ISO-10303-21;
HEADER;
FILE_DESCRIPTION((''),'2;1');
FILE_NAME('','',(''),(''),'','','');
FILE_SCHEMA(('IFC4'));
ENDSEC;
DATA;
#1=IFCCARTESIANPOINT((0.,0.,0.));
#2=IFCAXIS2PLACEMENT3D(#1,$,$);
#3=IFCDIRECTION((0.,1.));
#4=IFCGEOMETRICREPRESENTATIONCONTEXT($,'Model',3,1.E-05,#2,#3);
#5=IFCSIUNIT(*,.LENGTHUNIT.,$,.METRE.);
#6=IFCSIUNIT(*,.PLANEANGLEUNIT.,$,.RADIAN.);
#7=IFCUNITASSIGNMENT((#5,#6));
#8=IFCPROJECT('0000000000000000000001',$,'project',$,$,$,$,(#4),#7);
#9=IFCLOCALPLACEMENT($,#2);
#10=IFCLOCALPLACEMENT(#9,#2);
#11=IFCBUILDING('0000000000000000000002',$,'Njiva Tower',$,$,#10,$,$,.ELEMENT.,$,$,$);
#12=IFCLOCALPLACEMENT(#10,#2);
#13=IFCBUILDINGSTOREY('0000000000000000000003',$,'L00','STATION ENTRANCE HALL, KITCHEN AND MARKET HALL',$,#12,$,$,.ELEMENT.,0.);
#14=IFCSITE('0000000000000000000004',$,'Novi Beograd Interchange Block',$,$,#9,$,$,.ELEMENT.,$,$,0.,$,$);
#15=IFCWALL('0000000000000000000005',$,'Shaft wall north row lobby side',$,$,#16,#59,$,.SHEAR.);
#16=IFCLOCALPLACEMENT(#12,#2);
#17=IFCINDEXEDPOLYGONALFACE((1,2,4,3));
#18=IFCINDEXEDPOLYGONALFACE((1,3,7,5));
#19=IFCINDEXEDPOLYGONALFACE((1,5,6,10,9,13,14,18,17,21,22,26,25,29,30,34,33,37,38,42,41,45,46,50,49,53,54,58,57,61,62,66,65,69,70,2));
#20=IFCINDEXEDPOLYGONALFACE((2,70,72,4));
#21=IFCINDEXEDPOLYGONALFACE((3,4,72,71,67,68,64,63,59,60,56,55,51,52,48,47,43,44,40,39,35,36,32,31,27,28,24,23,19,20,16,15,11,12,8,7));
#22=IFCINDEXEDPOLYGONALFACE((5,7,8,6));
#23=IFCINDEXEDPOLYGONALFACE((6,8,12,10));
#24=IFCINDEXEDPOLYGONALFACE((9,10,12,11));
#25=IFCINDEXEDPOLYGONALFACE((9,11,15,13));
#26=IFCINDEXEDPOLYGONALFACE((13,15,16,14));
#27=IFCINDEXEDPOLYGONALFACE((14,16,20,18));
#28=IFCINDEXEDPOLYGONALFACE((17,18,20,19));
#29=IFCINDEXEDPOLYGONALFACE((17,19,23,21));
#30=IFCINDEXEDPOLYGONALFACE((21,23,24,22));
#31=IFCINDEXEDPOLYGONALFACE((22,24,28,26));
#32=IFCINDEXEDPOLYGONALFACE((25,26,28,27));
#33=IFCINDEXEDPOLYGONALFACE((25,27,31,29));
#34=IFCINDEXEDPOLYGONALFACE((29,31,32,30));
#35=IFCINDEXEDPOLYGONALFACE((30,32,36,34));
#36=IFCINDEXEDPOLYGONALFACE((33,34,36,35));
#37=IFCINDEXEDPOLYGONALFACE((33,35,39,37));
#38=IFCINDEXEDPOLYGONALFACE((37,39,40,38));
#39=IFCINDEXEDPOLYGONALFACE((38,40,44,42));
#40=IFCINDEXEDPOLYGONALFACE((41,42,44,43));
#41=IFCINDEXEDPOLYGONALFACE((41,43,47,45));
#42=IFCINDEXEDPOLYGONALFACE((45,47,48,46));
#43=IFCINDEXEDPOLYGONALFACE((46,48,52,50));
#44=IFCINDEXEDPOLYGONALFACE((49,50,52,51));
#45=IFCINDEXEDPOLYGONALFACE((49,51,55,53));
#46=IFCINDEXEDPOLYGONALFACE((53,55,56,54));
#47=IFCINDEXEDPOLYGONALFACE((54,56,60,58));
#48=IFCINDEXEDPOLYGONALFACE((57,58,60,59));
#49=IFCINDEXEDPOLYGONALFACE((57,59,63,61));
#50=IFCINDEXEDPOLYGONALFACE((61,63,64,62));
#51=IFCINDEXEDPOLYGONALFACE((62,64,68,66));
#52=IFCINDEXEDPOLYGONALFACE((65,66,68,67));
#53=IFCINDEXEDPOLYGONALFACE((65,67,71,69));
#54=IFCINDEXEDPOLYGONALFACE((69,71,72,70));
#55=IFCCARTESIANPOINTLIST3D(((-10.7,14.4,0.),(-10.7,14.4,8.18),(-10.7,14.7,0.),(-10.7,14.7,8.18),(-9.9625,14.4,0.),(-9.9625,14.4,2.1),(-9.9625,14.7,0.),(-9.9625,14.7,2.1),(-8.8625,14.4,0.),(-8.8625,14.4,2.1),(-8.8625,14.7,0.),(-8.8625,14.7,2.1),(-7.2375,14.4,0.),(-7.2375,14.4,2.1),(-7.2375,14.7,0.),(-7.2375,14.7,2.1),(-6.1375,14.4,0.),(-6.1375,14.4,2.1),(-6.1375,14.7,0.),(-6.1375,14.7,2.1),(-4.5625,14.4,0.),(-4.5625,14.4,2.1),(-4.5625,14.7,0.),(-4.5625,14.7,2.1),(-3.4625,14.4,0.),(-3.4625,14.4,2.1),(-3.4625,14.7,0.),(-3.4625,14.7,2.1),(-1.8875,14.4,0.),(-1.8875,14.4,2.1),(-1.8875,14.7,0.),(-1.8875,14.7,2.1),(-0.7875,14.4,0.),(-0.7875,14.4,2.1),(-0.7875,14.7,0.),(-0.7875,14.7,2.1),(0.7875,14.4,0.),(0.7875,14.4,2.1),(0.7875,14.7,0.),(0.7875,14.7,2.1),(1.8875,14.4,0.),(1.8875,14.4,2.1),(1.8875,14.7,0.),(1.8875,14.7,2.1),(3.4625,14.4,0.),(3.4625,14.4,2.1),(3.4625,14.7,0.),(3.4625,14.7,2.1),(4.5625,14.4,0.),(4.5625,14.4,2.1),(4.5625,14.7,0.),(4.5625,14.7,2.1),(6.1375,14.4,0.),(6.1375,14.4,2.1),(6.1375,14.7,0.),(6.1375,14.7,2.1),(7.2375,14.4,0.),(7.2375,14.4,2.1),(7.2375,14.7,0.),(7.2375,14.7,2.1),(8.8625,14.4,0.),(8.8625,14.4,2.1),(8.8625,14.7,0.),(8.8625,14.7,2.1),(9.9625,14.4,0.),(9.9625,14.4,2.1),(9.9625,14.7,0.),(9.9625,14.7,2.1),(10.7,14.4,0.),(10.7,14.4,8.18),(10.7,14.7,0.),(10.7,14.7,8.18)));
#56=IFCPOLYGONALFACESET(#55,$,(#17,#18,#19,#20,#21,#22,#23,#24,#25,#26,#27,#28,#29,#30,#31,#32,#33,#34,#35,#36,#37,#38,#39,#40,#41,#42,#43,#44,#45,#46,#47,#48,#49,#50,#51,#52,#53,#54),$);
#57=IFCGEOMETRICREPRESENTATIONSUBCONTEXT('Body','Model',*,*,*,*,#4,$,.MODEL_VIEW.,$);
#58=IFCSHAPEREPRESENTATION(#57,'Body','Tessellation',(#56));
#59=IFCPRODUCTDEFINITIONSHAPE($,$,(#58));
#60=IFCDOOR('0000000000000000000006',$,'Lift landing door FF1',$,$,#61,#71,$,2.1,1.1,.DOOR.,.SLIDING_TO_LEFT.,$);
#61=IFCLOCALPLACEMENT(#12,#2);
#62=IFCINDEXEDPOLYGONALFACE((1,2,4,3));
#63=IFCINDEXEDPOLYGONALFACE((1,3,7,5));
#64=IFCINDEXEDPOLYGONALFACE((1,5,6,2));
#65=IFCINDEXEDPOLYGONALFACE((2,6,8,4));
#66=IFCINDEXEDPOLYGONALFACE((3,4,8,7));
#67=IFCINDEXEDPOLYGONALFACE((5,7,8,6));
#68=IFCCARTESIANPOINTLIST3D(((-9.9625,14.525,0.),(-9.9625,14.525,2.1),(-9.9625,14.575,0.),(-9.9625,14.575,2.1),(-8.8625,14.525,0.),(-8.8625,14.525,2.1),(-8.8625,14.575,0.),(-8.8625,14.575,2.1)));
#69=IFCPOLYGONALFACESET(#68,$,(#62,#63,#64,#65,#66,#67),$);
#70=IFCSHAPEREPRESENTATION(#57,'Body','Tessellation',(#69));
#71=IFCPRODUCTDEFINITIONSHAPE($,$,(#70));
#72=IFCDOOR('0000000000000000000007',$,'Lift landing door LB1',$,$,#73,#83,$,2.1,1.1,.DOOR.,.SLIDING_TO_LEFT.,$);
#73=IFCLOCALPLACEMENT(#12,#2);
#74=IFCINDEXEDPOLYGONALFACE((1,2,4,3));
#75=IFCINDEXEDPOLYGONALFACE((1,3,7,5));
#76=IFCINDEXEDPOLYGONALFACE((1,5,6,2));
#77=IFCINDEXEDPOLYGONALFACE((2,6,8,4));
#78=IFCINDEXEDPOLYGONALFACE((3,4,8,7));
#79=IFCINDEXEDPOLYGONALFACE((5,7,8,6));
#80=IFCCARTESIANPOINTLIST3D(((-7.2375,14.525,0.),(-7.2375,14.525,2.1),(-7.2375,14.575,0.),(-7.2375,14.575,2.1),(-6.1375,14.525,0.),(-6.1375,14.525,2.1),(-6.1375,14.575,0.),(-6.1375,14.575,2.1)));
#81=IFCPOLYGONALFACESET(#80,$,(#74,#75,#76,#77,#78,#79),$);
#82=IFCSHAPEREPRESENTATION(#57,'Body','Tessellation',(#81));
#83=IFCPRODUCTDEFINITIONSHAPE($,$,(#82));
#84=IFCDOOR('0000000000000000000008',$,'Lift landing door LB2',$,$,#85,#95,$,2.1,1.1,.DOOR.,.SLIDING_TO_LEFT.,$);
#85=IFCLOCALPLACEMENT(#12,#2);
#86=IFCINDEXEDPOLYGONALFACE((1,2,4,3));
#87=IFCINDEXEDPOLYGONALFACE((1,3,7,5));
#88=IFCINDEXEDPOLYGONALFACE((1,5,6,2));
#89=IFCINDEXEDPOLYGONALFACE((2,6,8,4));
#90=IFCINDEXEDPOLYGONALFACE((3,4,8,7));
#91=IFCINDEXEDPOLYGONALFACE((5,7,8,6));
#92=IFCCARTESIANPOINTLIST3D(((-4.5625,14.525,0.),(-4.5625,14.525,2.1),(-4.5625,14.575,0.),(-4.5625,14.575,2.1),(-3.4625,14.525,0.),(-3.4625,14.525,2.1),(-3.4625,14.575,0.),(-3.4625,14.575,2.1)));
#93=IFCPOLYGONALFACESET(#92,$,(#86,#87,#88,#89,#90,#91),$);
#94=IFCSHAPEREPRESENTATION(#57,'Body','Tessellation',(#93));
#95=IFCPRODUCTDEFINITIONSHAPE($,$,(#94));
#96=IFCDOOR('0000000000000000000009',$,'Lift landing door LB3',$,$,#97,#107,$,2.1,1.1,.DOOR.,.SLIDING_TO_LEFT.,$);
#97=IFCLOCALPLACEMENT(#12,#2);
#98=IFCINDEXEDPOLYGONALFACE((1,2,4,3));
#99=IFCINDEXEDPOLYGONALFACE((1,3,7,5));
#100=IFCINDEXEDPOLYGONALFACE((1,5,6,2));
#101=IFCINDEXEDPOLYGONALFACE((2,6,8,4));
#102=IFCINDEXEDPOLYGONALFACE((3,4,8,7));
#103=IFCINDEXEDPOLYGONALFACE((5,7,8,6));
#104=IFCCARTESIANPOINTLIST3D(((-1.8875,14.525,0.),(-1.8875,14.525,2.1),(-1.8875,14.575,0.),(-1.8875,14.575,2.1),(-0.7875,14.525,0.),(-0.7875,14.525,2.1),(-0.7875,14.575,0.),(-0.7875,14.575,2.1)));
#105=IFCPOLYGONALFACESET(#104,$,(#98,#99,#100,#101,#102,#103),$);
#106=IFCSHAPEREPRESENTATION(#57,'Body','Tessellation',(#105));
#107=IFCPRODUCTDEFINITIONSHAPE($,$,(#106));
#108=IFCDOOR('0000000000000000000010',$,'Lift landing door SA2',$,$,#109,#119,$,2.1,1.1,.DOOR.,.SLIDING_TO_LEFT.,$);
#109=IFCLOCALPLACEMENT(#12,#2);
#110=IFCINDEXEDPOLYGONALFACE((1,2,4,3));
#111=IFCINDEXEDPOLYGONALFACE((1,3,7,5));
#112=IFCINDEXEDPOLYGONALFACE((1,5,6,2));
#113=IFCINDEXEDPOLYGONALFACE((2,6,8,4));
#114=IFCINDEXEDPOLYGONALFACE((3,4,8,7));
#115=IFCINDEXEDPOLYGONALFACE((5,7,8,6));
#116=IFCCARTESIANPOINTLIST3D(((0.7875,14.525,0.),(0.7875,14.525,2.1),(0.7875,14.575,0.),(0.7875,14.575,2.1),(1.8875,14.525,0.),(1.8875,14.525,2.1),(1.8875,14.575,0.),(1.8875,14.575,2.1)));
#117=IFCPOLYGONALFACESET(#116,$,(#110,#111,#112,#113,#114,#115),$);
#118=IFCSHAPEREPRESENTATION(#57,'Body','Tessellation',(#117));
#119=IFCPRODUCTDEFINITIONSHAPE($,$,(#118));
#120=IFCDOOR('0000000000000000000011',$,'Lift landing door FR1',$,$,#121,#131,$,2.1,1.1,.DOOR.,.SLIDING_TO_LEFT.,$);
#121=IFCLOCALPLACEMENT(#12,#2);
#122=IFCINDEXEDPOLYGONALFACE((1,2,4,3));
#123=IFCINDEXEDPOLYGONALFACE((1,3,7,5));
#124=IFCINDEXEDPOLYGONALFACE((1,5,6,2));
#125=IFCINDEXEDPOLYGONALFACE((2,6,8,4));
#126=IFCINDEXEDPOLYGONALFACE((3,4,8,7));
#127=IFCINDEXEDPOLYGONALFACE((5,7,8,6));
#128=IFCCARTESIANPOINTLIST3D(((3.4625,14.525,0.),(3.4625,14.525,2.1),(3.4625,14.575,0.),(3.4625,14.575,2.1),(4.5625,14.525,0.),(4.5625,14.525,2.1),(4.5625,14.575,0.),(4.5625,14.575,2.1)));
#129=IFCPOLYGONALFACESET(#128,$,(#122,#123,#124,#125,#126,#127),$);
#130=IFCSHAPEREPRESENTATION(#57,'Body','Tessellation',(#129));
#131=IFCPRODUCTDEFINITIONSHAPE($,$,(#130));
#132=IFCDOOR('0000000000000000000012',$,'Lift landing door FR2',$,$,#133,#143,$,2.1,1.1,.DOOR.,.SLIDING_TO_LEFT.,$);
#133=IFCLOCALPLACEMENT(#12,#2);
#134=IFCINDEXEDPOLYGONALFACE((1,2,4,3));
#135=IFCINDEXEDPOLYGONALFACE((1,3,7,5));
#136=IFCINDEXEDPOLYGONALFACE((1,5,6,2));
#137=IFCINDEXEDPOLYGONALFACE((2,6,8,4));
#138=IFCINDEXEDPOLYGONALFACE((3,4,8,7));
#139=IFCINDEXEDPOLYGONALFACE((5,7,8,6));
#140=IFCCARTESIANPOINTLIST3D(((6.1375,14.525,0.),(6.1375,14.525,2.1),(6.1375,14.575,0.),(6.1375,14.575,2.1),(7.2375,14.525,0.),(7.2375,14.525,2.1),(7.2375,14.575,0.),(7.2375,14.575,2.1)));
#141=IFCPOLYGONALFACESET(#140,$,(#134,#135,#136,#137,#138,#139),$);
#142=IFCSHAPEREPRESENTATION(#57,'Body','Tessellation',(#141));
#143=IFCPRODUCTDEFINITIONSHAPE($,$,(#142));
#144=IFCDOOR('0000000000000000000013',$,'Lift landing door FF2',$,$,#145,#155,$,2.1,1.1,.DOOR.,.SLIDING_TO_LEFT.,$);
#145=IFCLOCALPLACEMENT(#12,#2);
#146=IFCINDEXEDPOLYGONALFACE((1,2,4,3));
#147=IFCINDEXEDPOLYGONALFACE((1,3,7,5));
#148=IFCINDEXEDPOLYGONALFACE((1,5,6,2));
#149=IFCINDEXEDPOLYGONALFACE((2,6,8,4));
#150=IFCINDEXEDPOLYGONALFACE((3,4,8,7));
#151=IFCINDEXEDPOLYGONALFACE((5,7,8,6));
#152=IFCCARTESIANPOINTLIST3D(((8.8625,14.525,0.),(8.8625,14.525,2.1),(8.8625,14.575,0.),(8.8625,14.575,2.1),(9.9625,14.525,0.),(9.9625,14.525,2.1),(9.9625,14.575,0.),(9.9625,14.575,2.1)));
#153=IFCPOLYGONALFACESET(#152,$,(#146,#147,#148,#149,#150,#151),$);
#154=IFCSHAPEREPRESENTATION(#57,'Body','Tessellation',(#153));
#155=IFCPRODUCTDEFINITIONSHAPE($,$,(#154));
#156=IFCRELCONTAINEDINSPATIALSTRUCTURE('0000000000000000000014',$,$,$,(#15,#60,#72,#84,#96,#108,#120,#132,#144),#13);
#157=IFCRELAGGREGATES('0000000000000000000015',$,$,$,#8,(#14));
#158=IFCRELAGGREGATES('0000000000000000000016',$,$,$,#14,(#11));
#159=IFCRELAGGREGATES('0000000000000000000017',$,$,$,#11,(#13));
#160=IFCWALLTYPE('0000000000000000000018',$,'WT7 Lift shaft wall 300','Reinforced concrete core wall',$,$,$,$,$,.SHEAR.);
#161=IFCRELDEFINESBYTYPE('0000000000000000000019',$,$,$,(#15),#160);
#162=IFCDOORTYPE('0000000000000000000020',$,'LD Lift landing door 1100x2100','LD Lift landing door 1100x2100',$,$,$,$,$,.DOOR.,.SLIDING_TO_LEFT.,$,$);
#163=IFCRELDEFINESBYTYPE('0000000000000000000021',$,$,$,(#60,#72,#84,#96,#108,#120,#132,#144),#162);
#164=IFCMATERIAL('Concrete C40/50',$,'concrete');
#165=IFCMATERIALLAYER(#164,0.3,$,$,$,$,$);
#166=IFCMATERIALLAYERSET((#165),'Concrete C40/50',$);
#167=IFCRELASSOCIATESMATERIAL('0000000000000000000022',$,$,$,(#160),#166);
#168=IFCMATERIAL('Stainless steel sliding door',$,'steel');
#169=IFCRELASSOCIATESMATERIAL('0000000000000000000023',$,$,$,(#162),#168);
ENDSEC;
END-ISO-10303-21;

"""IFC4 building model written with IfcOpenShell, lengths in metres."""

from ifc_helpers import new_model, si_unit, direction, frame, frame_2d, origin, place, context, subcontext, project, spatial, rectangle, extrude, material, layer, layer_set, type_object, element, fill, save


model = new_model("IFC4")

# Units and contexts
model_context = context("Model", 3, precision=1e-05, world=origin(), true_north=direction((0.0, 1.0)))
body_context = subcontext(model_context, "Body", "Model", "MODEL_VIEW")
ifc_project = project(units=[si_unit("LENGTHUNIT", "METRE"), si_unit("PLANEANGLEUNIT", "RADIAN")], contexts=[model_context])

# Site, building, storey
site_placement = place(None, origin())
site = spatial("IfcSite", under=ifc_project, at=site_placement, Name="Novi Beograd Interchange Block", CompositionType="ELEMENT", RefElevation=0.0)
building_placement = place(site_placement, origin())
building = spatial("IfcBuilding", under=site, at=building_placement, Name="Njiva Tower", CompositionType="ELEMENT")
storey_placement = place(building_placement, origin())
storey = spatial("IfcBuildingStorey", under=building, at=storey_placement, Name="L00", Description="STATION ENTRANCE HALL, KITCHEN AND MARKET HALL", CompositionType="ELEMENT", Elevation=0.0)

# Shared definitions
ifc_material_1 = material(Name="Concrete C40/50", Category="concrete")

# Wall, openings, doors
ifc_layer_1 = layer(ifc_material_1, 0.3)
ifc_layer_set_1 = layer_set([ifc_layer_1], Name="Concrete C40/50")
wall_type_1 = type_object("IfcWallType", Name="WT7 Lift shaft wall 300", Description="Reinforced concrete core wall", PredefinedType="SHEAR", material=ifc_layer_set_1)
wall_1_placement = place(storey_placement, frame((-10.7, 14.55, 0.0), z_axis=(0.0, 0.0, 1.0), x_axis=(1.0, 0.0, 0.0)))
wall_1 = element("IfcWall", 1, at=wall_1_placement, inside=storey, type_object=wall_type_1, Name="Shaft wall north row lobby side", PredefinedType="SHEAR", context=body_context, shape_type="SweptSolid", body=[
    extrude(rectangle(XDim=21.4, YDim=0.3, at=frame_2d((10.7, 0.0))), origin(), (0.0, 0.0, 1.0), 8.18),
])
opening_1_placement = place(wall_1_placement, frame((0.7375, 0.0, 0.0)))
opening_1 = element("IfcOpeningElement", 2, at=opening_1_placement, cuts=wall_1, PredefinedType="OPENING", context=body_context, shape_type="SweptSolid", body=[
    extrude(rectangle(XDim=1.1, YDim=2.1, at=frame_2d((0.55, 1.05))), frame((0.0, 0.16, 0.0), z_axis=(0.0, -1.0, 0.0), x_axis=(1.0, 0.0, 0.0)), (0.0, 0.0, 1.0), 0.32),
])
opening_2_placement = place(wall_1_placement, frame((3.4625, 0.0, 0.0)))
opening_2 = element("IfcOpeningElement", 3, at=opening_2_placement, cuts=wall_1, PredefinedType="OPENING", context=body_context, shape_type="SweptSolid", body=[
    extrude(rectangle(XDim=1.1, YDim=2.1, at=frame_2d((0.55, 1.05))), frame((0.0, 0.16, 0.0), z_axis=(0.0, -1.0, 0.0), x_axis=(1.0, 0.0, 0.0)), (0.0, 0.0, 1.0), 0.32),
])
opening_3_placement = place(wall_1_placement, frame((6.1375, 0.0, 0.0)))
opening_3 = element("IfcOpeningElement", 4, at=opening_3_placement, cuts=wall_1, PredefinedType="OPENING", context=body_context, shape_type="SweptSolid", body=[
    extrude(rectangle(XDim=1.1, YDim=2.1, at=frame_2d((0.55, 1.05))), frame((0.0, 0.16, 0.0), z_axis=(0.0, -1.0, 0.0), x_axis=(1.0, 0.0, 0.0)), (0.0, 0.0, 1.0), 0.32),
])
opening_4_placement = place(wall_1_placement, frame((8.8125, 0.0, 0.0)))
opening_4 = element("IfcOpeningElement", 5, at=opening_4_placement, cuts=wall_1, PredefinedType="OPENING", context=body_context, shape_type="SweptSolid", body=[
    extrude(rectangle(XDim=1.1, YDim=2.1, at=frame_2d((0.55, 1.05))), frame((0.0, 0.16, 0.0), z_axis=(0.0, -1.0, 0.0), x_axis=(1.0, 0.0, 0.0)), (0.0, 0.0, 1.0), 0.32),
])
opening_5_placement = place(wall_1_placement, frame((11.4875, 0.0, 0.0)))
opening_5 = element("IfcOpeningElement", 6, at=opening_5_placement, cuts=wall_1, PredefinedType="OPENING", context=body_context, shape_type="SweptSolid", body=[
    extrude(rectangle(XDim=1.1, YDim=2.1, at=frame_2d((0.55, 1.05))), frame((0.0, 0.16, 0.0), z_axis=(0.0, -1.0, 0.0), x_axis=(1.0, 0.0, 0.0)), (0.0, 0.0, 1.0), 0.32),
])
opening_6_placement = place(wall_1_placement, frame((14.1625, 0.0, 0.0)))
opening_6 = element("IfcOpeningElement", 7, at=opening_6_placement, cuts=wall_1, PredefinedType="OPENING", context=body_context, shape_type="SweptSolid", body=[
    extrude(rectangle(XDim=1.1, YDim=2.1, at=frame_2d((0.55, 1.05))), frame((0.0, 0.16, 0.0), z_axis=(0.0, -1.0, 0.0), x_axis=(1.0, 0.0, 0.0)), (0.0, 0.0, 1.0), 0.32),
])
opening_7_placement = place(wall_1_placement, frame((16.8375, 0.0, 0.0)))
opening_7 = element("IfcOpeningElement", 8, at=opening_7_placement, cuts=wall_1, PredefinedType="OPENING", context=body_context, shape_type="SweptSolid", body=[
    extrude(rectangle(XDim=1.1, YDim=2.1, at=frame_2d((0.55, 1.05))), frame((0.0, 0.16, 0.0), z_axis=(0.0, -1.0, 0.0), x_axis=(1.0, 0.0, 0.0)), (0.0, 0.0, 1.0), 0.32),
])
opening_8_placement = place(wall_1_placement, frame((19.5625, 0.0, 0.0)))
opening_8 = element("IfcOpeningElement", 9, at=opening_8_placement, cuts=wall_1, PredefinedType="OPENING", context=body_context, shape_type="SweptSolid", body=[
    extrude(rectangle(XDim=1.1, YDim=2.1, at=frame_2d((0.55, 1.05))), frame((0.0, 0.16, 0.0), z_axis=(0.0, -1.0, 0.0), x_axis=(1.0, 0.0, 0.0)), (0.0, 0.0, 1.0), 0.32),
])
ifc_material_2 = material(Name="Stainless steel sliding door", Category="steel")
door_type_1 = type_object("IfcDoorType", Name="LD Lift landing door 1100x2100", Description="LD Lift landing door 1100x2100", OperationType="SLIDING_TO_LEFT", PredefinedType="DOOR", material=ifc_material_2)
door_1_placement = place(opening_1_placement, origin())
door_1 = element("IfcDoor", 10, at=door_1_placement, inside=storey, type_object=door_type_1, Name="Lift landing door FF1", OperationType="SLIDING_TO_LEFT", OverallHeight=2.1, OverallWidth=1.1, PredefinedType="DOOR", context=body_context, shape_type="SweptSolid", body=[
    extrude(rectangle(XDim=1.1, YDim=2.1, at=frame_2d((0.55, 1.05))), frame((0.0, 0.025, 0.0), z_axis=(0.0, -1.0, 0.0), x_axis=(1.0, 0.0, 0.0)), (0.0, 0.0, 1.0), 0.05),
])
fill(opening_1, door_1)
door_2_placement = place(opening_2_placement, origin())
door_2 = element("IfcDoor", 11, at=door_2_placement, inside=storey, type_object=door_type_1, Name="Lift landing door LB1", OperationType="SLIDING_TO_LEFT", OverallHeight=2.1, OverallWidth=1.1, PredefinedType="DOOR", context=body_context, shape_type="SweptSolid", body=[
    extrude(rectangle(XDim=1.1, YDim=2.1, at=frame_2d((0.55, 1.05))), frame((0.0, 0.025, 0.0), z_axis=(0.0, -1.0, 0.0), x_axis=(1.0, 0.0, 0.0)), (0.0, 0.0, 1.0), 0.05),
])
fill(opening_2, door_2)
door_3_placement = place(opening_3_placement, origin())
door_3 = element("IfcDoor", 12, at=door_3_placement, inside=storey, type_object=door_type_1, Name="Lift landing door LB2", OperationType="SLIDING_TO_LEFT", OverallHeight=2.1, OverallWidth=1.1, PredefinedType="DOOR", context=body_context, shape_type="SweptSolid", body=[
    extrude(rectangle(XDim=1.1, YDim=2.1, at=frame_2d((0.55, 1.05))), frame((0.0, 0.025, 0.0), z_axis=(0.0, -1.0, 0.0), x_axis=(1.0, 0.0, 0.0)), (0.0, 0.0, 1.0), 0.05),
])
fill(opening_3, door_3)
door_4_placement = place(opening_4_placement, origin())
door_4 = element("IfcDoor", 13, at=door_4_placement, inside=storey, type_object=door_type_1, Name="Lift landing door LB3", OperationType="SLIDING_TO_LEFT", OverallHeight=2.1, OverallWidth=1.1, PredefinedType="DOOR", context=body_context, shape_type="SweptSolid", body=[
    extrude(rectangle(XDim=1.1, YDim=2.1, at=frame_2d((0.55, 1.05))), frame((0.0, 0.025, 0.0), z_axis=(0.0, -1.0, 0.0), x_axis=(1.0, 0.0, 0.0)), (0.0, 0.0, 1.0), 0.05),
])
fill(opening_4, door_4)
door_5_placement = place(opening_5_placement, origin())
door_5 = element("IfcDoor", 14, at=door_5_placement, inside=storey, type_object=door_type_1, Name="Lift landing door SA2", OperationType="SLIDING_TO_LEFT", OverallHeight=2.1, OverallWidth=1.1, PredefinedType="DOOR", context=body_context, shape_type="SweptSolid", body=[
    extrude(rectangle(XDim=1.1, YDim=2.1, at=frame_2d((0.55, 1.05))), frame((0.0, 0.025, 0.0), z_axis=(0.0, -1.0, 0.0), x_axis=(1.0, 0.0, 0.0)), (0.0, 0.0, 1.0), 0.05),
])
fill(opening_5, door_5)
door_6_placement = place(opening_6_placement, origin())
door_6 = element("IfcDoor", 15, at=door_6_placement, inside=storey, type_object=door_type_1, Name="Lift landing door FR1", OperationType="SLIDING_TO_LEFT", OverallHeight=2.1, OverallWidth=1.1, PredefinedType="DOOR", context=body_context, shape_type="SweptSolid", body=[
    extrude(rectangle(XDim=1.1, YDim=2.1, at=frame_2d((0.55, 1.05))), frame((0.0, 0.025, 0.0), z_axis=(0.0, -1.0, 0.0), x_axis=(1.0, 0.0, 0.0)), (0.0, 0.0, 1.0), 0.05),
])
fill(opening_6, door_6)
door_7_placement = place(opening_7_placement, origin())
door_7 = element("IfcDoor", 16, at=door_7_placement, inside=storey, type_object=door_type_1, Name="Lift landing door FR2", OperationType="SLIDING_TO_LEFT", OverallHeight=2.1, OverallWidth=1.1, PredefinedType="DOOR", context=body_context, shape_type="SweptSolid", body=[
    extrude(rectangle(XDim=1.1, YDim=2.1, at=frame_2d((0.55, 1.05))), frame((0.0, 0.025, 0.0), z_axis=(0.0, -1.0, 0.0), x_axis=(1.0, 0.0, 0.0)), (0.0, 0.0, 1.0), 0.05),
])
fill(opening_7, door_7)
door_8_placement = place(opening_8_placement, origin())
door_8 = element("IfcDoor", 17, at=door_8_placement, inside=storey, type_object=door_type_1, Name="Lift landing door FF2", OperationType="SLIDING_TO_LEFT", OverallHeight=2.1, OverallWidth=1.1, PredefinedType="DOOR", context=body_context, shape_type="SweptSolid", body=[
    extrude(rectangle(XDim=1.1, YDim=2.1, at=frame_2d((0.55, 1.05))), frame((0.0, 0.025, 0.0), z_axis=(0.0, -1.0, 0.0), x_axis=(1.0, 0.0, 0.0)), (0.0, 0.0, 1.0), 0.05),
])
fill(opening_8, door_8)

save(model, "model.ifc")
